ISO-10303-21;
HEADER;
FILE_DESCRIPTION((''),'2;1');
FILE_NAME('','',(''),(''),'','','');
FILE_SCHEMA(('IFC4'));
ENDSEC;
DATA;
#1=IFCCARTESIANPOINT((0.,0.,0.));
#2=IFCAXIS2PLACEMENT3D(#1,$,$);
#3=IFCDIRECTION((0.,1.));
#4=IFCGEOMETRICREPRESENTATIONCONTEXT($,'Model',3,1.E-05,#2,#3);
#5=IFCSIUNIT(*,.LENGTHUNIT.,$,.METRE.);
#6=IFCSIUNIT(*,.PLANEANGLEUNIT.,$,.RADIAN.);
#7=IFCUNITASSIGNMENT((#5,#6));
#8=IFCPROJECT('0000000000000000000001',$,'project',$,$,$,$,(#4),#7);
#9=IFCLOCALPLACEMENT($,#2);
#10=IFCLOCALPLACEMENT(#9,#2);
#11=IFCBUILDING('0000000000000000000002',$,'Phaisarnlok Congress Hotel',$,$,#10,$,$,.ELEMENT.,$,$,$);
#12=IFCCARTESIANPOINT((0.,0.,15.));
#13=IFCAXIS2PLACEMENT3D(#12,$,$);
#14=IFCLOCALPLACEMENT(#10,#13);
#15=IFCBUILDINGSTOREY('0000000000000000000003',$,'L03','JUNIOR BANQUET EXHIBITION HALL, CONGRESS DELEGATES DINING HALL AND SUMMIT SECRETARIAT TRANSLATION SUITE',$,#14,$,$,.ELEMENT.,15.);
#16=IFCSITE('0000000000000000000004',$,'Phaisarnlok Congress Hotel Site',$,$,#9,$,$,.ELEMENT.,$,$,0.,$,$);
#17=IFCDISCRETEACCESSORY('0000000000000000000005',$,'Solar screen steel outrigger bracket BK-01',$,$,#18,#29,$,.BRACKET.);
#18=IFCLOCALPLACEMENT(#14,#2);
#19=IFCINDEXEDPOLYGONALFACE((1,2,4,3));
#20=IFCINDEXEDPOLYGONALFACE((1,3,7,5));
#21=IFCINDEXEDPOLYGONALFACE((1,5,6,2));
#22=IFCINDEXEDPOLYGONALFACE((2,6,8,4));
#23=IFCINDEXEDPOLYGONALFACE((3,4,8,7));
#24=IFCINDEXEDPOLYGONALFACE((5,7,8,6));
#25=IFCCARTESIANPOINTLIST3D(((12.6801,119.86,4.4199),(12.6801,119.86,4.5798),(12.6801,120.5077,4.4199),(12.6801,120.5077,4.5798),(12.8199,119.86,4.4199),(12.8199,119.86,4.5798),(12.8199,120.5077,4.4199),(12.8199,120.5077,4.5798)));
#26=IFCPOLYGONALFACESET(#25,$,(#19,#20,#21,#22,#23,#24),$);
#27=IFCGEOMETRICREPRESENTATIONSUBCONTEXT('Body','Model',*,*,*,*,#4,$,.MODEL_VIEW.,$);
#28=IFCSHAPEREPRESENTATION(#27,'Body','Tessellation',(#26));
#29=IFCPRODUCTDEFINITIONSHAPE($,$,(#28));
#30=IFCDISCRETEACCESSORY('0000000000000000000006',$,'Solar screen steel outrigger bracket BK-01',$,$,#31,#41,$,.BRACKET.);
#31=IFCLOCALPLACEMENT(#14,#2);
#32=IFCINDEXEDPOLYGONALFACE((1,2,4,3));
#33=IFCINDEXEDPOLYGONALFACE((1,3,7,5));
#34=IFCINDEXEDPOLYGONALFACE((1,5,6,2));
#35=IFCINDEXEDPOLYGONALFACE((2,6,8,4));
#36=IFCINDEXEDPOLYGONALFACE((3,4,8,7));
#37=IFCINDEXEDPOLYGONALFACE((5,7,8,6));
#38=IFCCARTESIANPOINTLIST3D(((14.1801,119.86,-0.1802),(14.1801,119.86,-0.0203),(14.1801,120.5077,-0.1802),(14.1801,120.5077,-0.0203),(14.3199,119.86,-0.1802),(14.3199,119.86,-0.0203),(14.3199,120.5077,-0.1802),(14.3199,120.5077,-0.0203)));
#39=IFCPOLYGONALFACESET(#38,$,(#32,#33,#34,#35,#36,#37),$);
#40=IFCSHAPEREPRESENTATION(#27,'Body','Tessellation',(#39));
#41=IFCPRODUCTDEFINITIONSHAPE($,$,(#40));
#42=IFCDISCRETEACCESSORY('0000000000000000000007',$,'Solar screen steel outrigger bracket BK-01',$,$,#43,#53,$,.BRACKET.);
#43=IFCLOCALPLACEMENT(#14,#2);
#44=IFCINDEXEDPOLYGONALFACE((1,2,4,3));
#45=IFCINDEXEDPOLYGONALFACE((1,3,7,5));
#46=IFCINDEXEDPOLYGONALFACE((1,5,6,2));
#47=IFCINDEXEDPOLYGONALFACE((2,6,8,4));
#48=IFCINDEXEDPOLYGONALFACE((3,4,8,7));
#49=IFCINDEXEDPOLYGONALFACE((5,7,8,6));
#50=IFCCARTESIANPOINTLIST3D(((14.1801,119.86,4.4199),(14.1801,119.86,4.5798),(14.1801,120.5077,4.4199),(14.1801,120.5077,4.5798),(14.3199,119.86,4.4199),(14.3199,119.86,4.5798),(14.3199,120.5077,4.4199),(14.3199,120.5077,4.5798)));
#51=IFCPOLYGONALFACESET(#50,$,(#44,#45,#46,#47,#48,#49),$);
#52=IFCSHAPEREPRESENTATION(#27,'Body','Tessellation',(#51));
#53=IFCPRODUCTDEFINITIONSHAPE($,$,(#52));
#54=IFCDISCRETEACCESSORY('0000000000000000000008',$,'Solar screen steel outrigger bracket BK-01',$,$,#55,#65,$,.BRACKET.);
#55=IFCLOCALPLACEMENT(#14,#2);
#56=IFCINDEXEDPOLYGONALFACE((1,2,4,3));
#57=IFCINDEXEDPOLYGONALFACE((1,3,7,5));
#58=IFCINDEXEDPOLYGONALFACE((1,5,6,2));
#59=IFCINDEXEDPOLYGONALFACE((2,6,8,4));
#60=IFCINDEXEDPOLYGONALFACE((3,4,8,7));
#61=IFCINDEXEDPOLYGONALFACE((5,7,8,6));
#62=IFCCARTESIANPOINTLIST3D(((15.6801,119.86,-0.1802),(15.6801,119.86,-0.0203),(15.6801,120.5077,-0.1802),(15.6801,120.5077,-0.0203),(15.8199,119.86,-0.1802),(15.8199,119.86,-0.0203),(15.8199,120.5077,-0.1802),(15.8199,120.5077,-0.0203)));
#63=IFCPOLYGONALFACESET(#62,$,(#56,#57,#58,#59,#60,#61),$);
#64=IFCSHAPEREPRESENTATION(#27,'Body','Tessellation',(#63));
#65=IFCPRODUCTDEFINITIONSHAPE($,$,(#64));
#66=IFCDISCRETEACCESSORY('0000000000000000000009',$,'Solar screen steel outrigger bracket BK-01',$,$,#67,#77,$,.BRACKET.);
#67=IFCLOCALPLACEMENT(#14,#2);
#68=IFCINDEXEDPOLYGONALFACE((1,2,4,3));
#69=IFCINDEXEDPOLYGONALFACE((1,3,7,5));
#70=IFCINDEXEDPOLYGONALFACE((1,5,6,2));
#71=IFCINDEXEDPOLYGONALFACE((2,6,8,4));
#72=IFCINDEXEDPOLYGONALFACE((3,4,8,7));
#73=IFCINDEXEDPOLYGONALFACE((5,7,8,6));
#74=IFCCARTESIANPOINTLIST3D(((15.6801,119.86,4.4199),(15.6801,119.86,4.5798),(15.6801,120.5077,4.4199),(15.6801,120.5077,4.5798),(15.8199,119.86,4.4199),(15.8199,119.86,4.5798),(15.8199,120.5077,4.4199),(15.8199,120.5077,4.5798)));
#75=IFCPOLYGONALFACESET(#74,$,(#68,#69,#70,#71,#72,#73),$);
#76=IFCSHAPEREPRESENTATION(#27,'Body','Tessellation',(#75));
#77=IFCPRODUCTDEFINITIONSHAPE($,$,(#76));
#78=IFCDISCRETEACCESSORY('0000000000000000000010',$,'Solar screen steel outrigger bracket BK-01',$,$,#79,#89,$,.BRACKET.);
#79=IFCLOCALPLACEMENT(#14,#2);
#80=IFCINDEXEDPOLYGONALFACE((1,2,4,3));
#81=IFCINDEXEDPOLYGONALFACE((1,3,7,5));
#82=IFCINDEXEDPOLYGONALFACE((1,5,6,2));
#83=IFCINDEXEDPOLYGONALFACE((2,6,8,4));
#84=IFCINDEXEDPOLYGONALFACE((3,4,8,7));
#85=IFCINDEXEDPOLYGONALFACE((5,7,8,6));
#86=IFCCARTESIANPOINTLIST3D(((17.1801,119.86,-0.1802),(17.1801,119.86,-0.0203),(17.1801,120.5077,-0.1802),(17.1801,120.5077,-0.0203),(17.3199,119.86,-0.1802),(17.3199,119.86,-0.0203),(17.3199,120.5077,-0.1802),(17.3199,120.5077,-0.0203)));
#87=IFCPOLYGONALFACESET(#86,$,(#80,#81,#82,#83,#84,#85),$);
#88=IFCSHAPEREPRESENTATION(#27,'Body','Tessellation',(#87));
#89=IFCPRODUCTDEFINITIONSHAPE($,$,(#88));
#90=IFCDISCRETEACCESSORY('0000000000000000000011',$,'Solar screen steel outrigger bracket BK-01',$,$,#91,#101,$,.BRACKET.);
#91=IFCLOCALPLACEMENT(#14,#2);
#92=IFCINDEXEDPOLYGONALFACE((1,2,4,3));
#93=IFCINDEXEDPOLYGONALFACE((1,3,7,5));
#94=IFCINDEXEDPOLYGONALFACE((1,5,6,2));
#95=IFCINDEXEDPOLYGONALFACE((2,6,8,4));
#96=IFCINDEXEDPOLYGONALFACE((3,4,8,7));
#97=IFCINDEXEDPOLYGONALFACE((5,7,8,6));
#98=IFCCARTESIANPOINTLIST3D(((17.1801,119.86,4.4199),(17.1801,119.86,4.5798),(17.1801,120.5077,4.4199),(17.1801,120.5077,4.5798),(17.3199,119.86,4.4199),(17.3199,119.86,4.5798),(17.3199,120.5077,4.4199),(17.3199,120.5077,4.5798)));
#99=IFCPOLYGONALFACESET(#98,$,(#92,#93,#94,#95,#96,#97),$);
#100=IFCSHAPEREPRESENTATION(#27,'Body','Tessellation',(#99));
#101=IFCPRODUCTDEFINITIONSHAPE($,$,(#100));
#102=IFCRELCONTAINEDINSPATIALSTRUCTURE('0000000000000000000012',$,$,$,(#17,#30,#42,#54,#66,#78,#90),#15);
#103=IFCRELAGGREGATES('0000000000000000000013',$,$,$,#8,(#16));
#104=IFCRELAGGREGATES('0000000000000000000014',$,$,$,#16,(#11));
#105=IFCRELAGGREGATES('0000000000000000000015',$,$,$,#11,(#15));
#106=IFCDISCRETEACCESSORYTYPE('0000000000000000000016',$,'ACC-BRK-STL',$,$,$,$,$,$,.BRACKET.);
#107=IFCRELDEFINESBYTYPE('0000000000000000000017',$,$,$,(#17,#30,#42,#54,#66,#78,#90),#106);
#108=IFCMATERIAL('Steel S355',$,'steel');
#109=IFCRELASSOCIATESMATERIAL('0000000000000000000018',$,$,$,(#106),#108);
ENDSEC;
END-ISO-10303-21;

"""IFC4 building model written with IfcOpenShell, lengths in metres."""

from ifc_helpers import new_model, si_unit, direction, frame, origin, origin_2d, place, context, subcontext, project, spatial, rectangle, extrude, material, type_object, element, save


model = new_model("IFC4")

# Units and contexts
model_context = context("Model", 3, precision=1e-05, world=origin(), true_north=direction((0.0, 1.0)))
body_context = subcontext(model_context, "Body", "Model", "MODEL_VIEW")
ifc_project = project(units=[si_unit("LENGTHUNIT", "METRE"), si_unit("PLANEANGLEUNIT", "RADIAN")], contexts=[model_context])

# Site, building, storey
site_placement = place(None, origin())
site = spatial("IfcSite", under=ifc_project, at=site_placement, Name="Phaisarnlok Congress Hotel Site", CompositionType="ELEMENT", RefElevation=0.0)
building_placement = place(site_placement, origin())
building = spatial("IfcBuilding", under=site, at=building_placement, Name="Phaisarnlok Congress Hotel", CompositionType="ELEMENT")
storey_placement = place(building_placement, frame((0.0, 0.0, 15.0)))
storey = spatial("IfcBuildingStorey", under=building, at=storey_placement, Name="L03", Description="JUNIOR BANQUET EXHIBITION HALL, CONGRESS DELEGATES DINING HALL AND SUMMIT SECRETARIAT TRANSLATION SUITE", CompositionType="ELEMENT", Elevation=15.0)

# Shared definitions
ifc_material_1 = material(Name="Steel S355", Category="steel")

# Discrete accessories
discrete_accessory_type = type_object("IfcDiscreteAccessoryType", Name="ACC-BRK-STL", PredefinedType="BRACKET", material=ifc_material_1)
for number, where, z_axis, x_axis, name in (
    (1, (12.75, 120.1838, 4.4199), (0.0, 0.0, 1.0), (1.0, 0.0, 0.0), "Solar screen steel outrigger bracket BK-01"),
    (2, (14.25, 120.1838, -0.1802), (0.0, 0.0, 1.0), (1.0, 0.0, 0.0), "Solar screen steel outrigger bracket BK-01"),
    (3, (14.25, 120.1838, 4.4199), (0.0, 0.0, 1.0), (1.0, 0.0, 0.0), "Solar screen steel outrigger bracket BK-01"),
    (4, (15.75, 120.1838, -0.1802), (0.0, 0.0, 1.0), (1.0, 0.0, 0.0), "Solar screen steel outrigger bracket BK-01"),
    (5, (15.75, 120.1838, 4.4199), (0.0, 0.0, 1.0), (1.0, 0.0, 0.0), "Solar screen steel outrigger bracket BK-01"),
    (6, (17.25, 120.1838, -0.1802), (0.0, 0.0, 1.0), (1.0, 0.0, 0.0), "Solar screen steel outrigger bracket BK-01"),
    (7, (17.25, 120.1838, 4.4199), (0.0, 0.0, 1.0), (1.0, 0.0, 0.0), "Solar screen steel outrigger bracket BK-01"),
):
    element("IfcDiscreteAccessory", number, at=place(storey_placement, frame(where, z_axis=z_axis, x_axis=x_axis)), inside=storey, type_object=discrete_accessory_type, Name=name, PredefinedType="BRACKET", context=body_context, shape_type="SweptSolid", body=[
        extrude(rectangle(XDim=0.1399, YDim=0.6477, at=origin_2d()), origin(), (0.0, 0.0, 1.0), 0.1599),
    ])

save(model, "model.ifc")
